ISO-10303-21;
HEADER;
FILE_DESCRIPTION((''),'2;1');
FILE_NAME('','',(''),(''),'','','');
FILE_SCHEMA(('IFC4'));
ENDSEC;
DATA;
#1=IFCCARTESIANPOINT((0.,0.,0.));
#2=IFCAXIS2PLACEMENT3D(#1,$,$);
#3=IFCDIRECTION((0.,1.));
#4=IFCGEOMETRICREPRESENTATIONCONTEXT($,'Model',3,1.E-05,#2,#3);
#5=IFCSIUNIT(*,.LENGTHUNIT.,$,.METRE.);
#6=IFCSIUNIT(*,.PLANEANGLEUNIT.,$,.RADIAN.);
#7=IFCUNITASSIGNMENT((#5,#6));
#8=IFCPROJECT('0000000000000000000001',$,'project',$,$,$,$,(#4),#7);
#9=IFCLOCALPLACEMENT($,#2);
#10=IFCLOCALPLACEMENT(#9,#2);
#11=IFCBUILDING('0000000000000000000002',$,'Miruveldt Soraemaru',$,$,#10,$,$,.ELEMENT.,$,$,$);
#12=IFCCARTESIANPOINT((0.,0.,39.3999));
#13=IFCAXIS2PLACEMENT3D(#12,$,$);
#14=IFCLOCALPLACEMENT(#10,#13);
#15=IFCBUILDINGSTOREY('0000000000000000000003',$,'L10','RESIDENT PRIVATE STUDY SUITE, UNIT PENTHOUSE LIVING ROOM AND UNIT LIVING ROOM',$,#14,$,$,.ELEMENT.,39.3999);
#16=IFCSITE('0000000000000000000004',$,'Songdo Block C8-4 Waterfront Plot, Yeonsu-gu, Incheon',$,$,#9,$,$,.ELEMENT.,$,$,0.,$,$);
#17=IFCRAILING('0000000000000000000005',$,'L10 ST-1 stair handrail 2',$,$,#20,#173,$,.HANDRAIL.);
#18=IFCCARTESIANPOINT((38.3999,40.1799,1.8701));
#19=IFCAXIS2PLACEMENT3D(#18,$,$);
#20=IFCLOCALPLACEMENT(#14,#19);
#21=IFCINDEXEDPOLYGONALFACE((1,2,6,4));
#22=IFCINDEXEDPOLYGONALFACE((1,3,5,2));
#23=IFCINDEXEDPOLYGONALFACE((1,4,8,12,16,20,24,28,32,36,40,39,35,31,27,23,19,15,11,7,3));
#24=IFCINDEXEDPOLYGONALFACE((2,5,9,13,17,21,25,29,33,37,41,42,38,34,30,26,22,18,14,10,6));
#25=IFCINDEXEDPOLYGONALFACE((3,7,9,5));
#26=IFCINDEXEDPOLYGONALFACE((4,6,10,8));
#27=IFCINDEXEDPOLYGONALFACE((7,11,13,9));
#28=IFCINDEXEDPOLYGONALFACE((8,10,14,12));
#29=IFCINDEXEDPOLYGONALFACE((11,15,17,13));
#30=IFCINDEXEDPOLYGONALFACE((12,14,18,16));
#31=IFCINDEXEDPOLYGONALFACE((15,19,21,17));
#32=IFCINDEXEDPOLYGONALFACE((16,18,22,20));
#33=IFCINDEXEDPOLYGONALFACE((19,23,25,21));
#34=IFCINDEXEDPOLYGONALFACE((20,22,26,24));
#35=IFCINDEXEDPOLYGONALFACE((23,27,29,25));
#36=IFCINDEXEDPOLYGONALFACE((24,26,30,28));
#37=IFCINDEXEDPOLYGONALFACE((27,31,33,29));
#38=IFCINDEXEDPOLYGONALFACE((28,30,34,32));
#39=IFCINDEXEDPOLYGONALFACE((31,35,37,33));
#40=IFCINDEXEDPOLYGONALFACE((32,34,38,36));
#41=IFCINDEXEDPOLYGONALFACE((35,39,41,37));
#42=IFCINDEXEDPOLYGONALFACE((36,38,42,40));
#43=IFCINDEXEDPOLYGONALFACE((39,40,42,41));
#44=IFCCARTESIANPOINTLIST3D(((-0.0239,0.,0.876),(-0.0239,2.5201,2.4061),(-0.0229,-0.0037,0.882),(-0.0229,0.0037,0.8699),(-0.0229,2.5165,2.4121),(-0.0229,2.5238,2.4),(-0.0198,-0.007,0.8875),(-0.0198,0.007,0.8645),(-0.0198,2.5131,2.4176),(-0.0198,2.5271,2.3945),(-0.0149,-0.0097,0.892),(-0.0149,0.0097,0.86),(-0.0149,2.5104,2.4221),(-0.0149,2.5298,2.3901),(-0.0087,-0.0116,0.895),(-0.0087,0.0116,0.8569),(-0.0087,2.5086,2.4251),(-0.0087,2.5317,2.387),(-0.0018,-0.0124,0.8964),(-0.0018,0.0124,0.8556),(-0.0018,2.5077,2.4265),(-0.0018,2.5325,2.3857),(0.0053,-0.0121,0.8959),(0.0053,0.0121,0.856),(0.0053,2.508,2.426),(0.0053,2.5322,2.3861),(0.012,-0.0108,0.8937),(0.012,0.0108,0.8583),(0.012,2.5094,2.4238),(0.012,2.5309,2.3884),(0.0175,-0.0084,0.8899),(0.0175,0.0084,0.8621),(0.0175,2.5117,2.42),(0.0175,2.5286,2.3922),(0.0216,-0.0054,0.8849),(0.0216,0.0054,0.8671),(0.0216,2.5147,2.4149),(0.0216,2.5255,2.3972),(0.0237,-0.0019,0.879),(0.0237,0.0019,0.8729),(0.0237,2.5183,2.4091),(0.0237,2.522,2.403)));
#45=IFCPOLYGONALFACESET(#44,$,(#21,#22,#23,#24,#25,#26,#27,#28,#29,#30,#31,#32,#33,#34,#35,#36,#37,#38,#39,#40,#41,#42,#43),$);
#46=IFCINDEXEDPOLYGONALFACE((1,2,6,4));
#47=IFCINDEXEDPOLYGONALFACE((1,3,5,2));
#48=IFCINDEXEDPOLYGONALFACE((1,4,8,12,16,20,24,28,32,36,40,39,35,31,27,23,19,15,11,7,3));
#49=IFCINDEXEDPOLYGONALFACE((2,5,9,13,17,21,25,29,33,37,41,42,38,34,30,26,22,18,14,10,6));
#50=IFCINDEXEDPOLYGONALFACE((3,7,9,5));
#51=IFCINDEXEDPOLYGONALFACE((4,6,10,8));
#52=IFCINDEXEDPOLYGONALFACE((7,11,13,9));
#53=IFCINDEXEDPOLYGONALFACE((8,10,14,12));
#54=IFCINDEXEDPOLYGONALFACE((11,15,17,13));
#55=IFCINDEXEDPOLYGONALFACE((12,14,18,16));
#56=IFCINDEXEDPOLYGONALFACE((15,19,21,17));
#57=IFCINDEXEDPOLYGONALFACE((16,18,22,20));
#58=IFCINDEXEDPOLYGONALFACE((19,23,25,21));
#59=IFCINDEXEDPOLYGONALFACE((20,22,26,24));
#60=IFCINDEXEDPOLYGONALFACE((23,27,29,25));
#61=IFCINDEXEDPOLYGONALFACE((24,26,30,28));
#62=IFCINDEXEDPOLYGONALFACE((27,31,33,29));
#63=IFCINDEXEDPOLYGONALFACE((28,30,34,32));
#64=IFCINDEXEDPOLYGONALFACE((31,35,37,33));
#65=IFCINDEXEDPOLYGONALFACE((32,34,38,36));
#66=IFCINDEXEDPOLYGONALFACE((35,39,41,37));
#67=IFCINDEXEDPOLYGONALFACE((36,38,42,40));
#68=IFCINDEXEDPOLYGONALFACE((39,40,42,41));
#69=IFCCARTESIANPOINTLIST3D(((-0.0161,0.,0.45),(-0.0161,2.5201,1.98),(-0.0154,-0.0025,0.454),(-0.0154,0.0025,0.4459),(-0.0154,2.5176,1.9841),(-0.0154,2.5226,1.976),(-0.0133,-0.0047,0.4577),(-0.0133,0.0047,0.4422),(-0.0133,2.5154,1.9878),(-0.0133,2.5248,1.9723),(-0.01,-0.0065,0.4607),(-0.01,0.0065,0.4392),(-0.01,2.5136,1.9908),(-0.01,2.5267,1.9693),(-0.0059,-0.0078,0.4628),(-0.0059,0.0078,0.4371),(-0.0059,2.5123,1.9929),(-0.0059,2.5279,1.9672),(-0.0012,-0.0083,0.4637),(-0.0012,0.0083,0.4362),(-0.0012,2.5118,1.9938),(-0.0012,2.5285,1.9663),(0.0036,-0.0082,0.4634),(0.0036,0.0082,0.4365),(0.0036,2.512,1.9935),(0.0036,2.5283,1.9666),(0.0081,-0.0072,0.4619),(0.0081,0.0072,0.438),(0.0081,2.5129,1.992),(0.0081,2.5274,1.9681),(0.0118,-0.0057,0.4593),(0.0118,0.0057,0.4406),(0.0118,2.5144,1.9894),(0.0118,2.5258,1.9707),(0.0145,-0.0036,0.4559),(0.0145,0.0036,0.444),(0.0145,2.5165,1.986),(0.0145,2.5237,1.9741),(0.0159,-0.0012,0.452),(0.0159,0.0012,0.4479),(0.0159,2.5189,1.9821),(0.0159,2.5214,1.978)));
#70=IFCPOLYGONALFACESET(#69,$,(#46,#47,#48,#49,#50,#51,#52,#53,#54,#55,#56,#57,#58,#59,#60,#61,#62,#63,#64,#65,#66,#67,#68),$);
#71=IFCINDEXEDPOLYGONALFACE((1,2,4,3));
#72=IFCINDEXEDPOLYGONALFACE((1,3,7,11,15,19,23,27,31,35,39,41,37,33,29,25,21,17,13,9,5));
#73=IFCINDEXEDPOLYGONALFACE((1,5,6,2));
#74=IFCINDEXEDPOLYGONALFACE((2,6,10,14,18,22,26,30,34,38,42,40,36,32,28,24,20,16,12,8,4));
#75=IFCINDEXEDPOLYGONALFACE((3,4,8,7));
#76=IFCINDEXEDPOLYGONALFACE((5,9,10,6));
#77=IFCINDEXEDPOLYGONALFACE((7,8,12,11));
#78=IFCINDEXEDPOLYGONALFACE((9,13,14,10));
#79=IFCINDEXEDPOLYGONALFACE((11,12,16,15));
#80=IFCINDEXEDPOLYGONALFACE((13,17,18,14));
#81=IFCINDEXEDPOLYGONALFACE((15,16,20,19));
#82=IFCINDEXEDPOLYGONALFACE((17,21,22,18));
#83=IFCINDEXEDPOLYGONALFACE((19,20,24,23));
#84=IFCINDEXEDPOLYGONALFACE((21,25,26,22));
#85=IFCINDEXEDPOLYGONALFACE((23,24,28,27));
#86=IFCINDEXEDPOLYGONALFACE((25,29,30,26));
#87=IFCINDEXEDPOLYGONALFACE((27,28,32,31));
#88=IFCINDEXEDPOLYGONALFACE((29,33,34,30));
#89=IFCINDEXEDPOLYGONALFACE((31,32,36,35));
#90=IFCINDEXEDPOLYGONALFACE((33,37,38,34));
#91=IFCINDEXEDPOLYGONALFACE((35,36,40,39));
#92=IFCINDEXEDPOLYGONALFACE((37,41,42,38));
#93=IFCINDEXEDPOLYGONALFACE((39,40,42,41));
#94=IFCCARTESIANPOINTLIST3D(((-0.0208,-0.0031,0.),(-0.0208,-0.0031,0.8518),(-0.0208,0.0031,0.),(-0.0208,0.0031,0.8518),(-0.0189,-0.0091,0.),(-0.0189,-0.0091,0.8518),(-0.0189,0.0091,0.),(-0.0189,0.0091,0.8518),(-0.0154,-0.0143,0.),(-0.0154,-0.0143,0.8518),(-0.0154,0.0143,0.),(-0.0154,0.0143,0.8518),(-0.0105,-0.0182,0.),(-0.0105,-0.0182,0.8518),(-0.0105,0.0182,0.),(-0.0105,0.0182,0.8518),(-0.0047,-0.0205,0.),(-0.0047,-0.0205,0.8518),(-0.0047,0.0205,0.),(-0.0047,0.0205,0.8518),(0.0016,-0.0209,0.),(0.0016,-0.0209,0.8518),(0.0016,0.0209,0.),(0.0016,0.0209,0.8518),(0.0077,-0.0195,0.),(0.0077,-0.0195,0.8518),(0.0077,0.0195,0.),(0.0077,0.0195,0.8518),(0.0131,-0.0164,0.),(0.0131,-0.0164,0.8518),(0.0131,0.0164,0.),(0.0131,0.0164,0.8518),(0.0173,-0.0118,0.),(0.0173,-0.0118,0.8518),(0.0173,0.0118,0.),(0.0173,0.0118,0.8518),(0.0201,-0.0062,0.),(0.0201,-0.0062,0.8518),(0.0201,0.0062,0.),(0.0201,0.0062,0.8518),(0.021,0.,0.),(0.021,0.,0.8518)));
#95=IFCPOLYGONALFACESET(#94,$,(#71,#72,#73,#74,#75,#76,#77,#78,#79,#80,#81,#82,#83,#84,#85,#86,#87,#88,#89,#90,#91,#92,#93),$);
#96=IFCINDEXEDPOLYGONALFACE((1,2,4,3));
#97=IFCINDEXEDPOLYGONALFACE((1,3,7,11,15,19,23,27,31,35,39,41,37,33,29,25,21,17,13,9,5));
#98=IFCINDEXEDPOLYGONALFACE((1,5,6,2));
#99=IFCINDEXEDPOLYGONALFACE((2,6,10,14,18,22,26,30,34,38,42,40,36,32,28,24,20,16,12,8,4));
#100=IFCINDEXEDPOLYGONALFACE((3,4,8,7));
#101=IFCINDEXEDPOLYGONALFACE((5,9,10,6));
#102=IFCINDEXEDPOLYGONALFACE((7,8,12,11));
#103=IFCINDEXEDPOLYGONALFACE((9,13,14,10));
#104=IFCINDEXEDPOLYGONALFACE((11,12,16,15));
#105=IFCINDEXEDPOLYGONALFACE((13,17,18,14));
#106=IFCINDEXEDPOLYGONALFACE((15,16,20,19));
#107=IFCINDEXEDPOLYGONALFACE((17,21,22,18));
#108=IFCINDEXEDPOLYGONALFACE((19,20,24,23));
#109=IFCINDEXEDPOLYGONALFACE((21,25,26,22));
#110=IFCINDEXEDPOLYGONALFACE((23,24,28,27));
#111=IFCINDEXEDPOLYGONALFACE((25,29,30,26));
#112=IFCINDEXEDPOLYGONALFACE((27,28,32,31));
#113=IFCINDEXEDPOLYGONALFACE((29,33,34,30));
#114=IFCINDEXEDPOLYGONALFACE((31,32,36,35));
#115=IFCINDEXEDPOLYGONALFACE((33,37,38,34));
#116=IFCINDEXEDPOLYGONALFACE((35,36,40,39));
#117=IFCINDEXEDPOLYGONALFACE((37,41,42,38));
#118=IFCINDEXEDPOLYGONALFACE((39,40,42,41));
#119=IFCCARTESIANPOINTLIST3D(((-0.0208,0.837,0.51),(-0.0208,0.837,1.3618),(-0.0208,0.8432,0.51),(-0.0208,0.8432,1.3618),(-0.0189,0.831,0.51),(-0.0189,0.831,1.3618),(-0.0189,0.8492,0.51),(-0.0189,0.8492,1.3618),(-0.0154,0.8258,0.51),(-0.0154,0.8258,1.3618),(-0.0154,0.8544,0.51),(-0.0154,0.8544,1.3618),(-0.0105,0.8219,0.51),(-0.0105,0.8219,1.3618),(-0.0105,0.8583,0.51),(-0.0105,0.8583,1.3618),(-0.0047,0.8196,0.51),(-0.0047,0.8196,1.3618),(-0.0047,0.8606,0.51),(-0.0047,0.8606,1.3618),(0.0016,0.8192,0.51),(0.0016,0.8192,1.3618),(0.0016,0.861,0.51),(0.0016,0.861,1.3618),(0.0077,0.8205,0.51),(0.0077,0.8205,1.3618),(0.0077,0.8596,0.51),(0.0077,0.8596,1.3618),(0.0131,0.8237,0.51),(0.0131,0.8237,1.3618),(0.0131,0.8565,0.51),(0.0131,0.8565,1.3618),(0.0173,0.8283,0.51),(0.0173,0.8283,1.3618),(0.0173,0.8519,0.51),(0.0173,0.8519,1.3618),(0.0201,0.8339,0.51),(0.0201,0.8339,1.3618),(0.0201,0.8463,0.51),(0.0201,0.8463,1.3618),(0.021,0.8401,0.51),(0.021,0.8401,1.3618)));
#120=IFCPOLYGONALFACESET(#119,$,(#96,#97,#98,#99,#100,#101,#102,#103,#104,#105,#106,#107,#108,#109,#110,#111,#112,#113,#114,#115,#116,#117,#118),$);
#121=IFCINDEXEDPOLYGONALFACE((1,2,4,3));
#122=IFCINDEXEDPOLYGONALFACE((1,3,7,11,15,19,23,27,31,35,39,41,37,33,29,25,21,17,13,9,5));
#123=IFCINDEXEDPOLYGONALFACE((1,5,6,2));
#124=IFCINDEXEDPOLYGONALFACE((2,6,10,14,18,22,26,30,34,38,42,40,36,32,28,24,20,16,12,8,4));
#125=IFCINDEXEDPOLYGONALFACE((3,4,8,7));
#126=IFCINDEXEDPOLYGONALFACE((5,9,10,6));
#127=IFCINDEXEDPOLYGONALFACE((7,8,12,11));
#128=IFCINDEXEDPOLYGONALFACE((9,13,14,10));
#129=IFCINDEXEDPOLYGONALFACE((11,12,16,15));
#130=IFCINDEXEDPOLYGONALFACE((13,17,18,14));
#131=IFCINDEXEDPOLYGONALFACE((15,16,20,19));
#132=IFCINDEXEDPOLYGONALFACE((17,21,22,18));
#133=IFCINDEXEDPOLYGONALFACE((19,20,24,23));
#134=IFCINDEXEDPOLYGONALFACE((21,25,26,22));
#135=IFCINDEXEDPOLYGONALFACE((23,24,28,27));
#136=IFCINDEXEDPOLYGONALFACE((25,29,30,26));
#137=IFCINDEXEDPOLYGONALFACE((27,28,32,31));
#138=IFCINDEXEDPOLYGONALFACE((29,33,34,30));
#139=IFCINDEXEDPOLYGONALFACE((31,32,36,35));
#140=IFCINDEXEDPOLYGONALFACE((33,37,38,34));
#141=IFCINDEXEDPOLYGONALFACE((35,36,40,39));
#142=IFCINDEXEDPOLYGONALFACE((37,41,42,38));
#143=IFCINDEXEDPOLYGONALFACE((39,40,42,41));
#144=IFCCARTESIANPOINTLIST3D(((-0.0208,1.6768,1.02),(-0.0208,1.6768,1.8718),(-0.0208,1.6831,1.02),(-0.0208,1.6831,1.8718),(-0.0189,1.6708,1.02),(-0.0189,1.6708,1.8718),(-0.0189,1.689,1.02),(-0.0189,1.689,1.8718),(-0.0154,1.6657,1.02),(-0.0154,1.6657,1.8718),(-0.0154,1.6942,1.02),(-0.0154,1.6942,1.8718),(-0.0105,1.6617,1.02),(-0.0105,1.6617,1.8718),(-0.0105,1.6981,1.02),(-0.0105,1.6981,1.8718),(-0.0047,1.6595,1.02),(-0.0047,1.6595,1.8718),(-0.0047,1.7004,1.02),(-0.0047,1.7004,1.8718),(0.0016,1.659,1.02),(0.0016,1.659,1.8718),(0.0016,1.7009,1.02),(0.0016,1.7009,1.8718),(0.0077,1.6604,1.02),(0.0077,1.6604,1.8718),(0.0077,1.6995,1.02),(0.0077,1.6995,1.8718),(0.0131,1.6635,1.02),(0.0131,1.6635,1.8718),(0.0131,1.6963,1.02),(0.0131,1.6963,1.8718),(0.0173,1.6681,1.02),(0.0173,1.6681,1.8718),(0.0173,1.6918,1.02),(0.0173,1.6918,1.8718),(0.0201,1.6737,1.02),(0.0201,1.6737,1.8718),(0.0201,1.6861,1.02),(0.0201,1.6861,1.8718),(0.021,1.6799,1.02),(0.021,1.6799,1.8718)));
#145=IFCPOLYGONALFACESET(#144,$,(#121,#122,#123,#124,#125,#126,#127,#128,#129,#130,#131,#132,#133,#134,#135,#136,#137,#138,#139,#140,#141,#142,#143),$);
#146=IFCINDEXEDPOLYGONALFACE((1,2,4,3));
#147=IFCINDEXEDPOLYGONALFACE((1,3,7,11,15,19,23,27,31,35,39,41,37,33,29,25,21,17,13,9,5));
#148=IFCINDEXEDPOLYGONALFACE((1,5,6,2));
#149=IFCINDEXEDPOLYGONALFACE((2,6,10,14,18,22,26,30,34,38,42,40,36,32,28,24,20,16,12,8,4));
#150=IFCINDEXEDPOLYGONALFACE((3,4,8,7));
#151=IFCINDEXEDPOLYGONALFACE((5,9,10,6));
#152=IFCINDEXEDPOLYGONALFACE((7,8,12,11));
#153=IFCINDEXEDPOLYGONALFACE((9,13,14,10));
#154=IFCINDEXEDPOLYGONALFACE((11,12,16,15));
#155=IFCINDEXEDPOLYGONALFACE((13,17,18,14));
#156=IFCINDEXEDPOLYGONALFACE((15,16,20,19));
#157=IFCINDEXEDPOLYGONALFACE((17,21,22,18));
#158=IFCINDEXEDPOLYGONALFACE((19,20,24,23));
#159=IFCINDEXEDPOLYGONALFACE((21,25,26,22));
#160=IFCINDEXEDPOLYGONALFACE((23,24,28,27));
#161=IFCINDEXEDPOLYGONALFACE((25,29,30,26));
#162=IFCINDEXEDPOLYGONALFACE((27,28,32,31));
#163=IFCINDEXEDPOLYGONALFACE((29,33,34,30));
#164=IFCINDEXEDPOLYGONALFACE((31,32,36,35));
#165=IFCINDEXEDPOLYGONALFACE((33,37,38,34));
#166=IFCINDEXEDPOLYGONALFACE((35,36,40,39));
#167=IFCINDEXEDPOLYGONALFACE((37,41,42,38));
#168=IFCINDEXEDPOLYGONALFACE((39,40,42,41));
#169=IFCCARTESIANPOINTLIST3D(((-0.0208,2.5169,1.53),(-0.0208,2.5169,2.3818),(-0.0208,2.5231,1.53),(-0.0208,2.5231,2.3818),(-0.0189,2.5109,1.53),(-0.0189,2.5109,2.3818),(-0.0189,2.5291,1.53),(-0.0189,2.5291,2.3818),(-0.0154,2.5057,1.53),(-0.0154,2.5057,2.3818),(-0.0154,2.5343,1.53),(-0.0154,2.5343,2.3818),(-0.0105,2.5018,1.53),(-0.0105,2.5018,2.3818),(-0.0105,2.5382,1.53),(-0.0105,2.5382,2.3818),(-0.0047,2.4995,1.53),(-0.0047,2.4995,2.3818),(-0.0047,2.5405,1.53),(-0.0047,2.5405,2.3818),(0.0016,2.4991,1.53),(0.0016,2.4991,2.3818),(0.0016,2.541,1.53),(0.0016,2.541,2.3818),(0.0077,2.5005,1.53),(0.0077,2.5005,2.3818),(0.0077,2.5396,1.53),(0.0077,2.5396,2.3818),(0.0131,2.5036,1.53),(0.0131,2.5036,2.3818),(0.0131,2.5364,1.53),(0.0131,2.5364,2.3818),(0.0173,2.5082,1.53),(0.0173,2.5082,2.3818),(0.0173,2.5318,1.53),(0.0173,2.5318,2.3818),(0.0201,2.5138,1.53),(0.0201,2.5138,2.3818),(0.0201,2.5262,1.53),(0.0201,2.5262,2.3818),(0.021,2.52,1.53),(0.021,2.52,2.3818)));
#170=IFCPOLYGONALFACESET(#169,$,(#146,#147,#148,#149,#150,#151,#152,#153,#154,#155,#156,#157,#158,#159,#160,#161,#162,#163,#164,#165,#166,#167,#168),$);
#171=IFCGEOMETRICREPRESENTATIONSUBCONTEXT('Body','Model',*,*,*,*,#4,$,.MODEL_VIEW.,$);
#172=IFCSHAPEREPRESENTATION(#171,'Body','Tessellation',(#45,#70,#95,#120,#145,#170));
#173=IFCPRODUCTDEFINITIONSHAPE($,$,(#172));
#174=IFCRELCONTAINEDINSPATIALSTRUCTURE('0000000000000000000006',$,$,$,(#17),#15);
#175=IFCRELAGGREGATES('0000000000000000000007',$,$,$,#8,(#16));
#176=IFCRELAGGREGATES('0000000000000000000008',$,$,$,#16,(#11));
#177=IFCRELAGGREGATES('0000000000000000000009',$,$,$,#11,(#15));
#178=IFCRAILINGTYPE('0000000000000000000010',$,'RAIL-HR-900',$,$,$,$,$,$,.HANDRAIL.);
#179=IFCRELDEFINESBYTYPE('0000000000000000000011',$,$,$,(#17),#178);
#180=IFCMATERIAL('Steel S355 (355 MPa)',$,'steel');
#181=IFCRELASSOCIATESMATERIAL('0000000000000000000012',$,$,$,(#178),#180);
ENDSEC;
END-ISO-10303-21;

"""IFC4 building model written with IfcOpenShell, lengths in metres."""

from ifc_helpers import new_model, si_unit, direction, frame, origin, origin_2d, place, context, subcontext, project, spatial, circle, extrude, material, type_object, element, save


model = new_model("IFC4")

# Units and contexts
model_context = context("Model", 3, precision=1e-05, world=origin(), true_north=direction((0.0, 1.0)))
body_context = subcontext(model_context, "Body", "Model", "MODEL_VIEW")
ifc_project = project(units=[si_unit("LENGTHUNIT", "METRE"), si_unit("PLANEANGLEUNIT", "RADIAN")], contexts=[model_context])

# Site, building, storey
site_placement = place(None, origin())
site = spatial("IfcSite", under=ifc_project, at=site_placement, Name="Songdo Block C8-4 Waterfront Plot, Yeonsu-gu, Incheon", CompositionType="ELEMENT", RefElevation=0.0)
building_placement = place(site_placement, origin())
building = spatial("IfcBuilding", under=site, at=building_placement, Name="Miruveldt Soraemaru", CompositionType="ELEMENT")
storey_placement = place(building_placement, frame((0.0, 0.0, 39.3999)))
storey = spatial("IfcBuildingStorey", under=building, at=storey_placement, Name="L10", Description="RESIDENT PRIVATE STUDY SUITE, UNIT PENTHOUSE LIVING ROOM AND UNIT LIVING ROOM", CompositionType="ELEMENT", Elevation=39.3999)

# Railing
ifc_material_1 = material(Name="Steel S355 (355 MPa)", Category="steel")
railing_type_1 = type_object("IfcRailingType", Name="RAIL-HR-900", PredefinedType="HANDRAIL", material=ifc_material_1)
railing_1_placement = place(storey_placement, frame((38.3999, 40.1799, 1.8701)))
element("IfcRailing", 1, at=railing_1_placement, inside=storey, type_object=railing_type_1, Name="L10 ST-1 stair handrail 2", PredefinedType="HANDRAIL", context=body_context, shape_type="SweptSolid", body=[
    extrude(circle(Radius=0.0239, at=origin_2d()), frame((0.0, 0.0, 0.876), z_axis=(0.0, 0.854785, 0.518982), x_axis=(-1.0, 0.0, 0.0)), (0.0, 0.0, 1.0), 2.9482),
    extrude(circle(Radius=0.0161, at=origin_2d()), frame((0.0, 0.0, 0.45), z_axis=(0.0, 0.854785, 0.518982), x_axis=(-1.0, 0.0, 0.0)), (0.0, 0.0, 1.0), 2.9482),
    extrude(circle(Radius=0.021, at=origin_2d()), origin(), (0.0, 0.0, 1.0), 0.8518),
    extrude(circle(Radius=0.021, at=origin_2d()), frame((0.0, 0.8401, 0.51)), (0.0, 0.0, 1.0), 0.8518),
    extrude(circle(Radius=0.021, at=origin_2d()), frame((0.0, 1.6799, 1.02)), (0.0, 0.0, 1.0), 0.8518),
    extrude(circle(Radius=0.021, at=origin_2d()), frame((0.0, 2.52, 1.53)), (0.0, 0.0, 1.0), 0.8518),
])

save(model, "model.ifc")
